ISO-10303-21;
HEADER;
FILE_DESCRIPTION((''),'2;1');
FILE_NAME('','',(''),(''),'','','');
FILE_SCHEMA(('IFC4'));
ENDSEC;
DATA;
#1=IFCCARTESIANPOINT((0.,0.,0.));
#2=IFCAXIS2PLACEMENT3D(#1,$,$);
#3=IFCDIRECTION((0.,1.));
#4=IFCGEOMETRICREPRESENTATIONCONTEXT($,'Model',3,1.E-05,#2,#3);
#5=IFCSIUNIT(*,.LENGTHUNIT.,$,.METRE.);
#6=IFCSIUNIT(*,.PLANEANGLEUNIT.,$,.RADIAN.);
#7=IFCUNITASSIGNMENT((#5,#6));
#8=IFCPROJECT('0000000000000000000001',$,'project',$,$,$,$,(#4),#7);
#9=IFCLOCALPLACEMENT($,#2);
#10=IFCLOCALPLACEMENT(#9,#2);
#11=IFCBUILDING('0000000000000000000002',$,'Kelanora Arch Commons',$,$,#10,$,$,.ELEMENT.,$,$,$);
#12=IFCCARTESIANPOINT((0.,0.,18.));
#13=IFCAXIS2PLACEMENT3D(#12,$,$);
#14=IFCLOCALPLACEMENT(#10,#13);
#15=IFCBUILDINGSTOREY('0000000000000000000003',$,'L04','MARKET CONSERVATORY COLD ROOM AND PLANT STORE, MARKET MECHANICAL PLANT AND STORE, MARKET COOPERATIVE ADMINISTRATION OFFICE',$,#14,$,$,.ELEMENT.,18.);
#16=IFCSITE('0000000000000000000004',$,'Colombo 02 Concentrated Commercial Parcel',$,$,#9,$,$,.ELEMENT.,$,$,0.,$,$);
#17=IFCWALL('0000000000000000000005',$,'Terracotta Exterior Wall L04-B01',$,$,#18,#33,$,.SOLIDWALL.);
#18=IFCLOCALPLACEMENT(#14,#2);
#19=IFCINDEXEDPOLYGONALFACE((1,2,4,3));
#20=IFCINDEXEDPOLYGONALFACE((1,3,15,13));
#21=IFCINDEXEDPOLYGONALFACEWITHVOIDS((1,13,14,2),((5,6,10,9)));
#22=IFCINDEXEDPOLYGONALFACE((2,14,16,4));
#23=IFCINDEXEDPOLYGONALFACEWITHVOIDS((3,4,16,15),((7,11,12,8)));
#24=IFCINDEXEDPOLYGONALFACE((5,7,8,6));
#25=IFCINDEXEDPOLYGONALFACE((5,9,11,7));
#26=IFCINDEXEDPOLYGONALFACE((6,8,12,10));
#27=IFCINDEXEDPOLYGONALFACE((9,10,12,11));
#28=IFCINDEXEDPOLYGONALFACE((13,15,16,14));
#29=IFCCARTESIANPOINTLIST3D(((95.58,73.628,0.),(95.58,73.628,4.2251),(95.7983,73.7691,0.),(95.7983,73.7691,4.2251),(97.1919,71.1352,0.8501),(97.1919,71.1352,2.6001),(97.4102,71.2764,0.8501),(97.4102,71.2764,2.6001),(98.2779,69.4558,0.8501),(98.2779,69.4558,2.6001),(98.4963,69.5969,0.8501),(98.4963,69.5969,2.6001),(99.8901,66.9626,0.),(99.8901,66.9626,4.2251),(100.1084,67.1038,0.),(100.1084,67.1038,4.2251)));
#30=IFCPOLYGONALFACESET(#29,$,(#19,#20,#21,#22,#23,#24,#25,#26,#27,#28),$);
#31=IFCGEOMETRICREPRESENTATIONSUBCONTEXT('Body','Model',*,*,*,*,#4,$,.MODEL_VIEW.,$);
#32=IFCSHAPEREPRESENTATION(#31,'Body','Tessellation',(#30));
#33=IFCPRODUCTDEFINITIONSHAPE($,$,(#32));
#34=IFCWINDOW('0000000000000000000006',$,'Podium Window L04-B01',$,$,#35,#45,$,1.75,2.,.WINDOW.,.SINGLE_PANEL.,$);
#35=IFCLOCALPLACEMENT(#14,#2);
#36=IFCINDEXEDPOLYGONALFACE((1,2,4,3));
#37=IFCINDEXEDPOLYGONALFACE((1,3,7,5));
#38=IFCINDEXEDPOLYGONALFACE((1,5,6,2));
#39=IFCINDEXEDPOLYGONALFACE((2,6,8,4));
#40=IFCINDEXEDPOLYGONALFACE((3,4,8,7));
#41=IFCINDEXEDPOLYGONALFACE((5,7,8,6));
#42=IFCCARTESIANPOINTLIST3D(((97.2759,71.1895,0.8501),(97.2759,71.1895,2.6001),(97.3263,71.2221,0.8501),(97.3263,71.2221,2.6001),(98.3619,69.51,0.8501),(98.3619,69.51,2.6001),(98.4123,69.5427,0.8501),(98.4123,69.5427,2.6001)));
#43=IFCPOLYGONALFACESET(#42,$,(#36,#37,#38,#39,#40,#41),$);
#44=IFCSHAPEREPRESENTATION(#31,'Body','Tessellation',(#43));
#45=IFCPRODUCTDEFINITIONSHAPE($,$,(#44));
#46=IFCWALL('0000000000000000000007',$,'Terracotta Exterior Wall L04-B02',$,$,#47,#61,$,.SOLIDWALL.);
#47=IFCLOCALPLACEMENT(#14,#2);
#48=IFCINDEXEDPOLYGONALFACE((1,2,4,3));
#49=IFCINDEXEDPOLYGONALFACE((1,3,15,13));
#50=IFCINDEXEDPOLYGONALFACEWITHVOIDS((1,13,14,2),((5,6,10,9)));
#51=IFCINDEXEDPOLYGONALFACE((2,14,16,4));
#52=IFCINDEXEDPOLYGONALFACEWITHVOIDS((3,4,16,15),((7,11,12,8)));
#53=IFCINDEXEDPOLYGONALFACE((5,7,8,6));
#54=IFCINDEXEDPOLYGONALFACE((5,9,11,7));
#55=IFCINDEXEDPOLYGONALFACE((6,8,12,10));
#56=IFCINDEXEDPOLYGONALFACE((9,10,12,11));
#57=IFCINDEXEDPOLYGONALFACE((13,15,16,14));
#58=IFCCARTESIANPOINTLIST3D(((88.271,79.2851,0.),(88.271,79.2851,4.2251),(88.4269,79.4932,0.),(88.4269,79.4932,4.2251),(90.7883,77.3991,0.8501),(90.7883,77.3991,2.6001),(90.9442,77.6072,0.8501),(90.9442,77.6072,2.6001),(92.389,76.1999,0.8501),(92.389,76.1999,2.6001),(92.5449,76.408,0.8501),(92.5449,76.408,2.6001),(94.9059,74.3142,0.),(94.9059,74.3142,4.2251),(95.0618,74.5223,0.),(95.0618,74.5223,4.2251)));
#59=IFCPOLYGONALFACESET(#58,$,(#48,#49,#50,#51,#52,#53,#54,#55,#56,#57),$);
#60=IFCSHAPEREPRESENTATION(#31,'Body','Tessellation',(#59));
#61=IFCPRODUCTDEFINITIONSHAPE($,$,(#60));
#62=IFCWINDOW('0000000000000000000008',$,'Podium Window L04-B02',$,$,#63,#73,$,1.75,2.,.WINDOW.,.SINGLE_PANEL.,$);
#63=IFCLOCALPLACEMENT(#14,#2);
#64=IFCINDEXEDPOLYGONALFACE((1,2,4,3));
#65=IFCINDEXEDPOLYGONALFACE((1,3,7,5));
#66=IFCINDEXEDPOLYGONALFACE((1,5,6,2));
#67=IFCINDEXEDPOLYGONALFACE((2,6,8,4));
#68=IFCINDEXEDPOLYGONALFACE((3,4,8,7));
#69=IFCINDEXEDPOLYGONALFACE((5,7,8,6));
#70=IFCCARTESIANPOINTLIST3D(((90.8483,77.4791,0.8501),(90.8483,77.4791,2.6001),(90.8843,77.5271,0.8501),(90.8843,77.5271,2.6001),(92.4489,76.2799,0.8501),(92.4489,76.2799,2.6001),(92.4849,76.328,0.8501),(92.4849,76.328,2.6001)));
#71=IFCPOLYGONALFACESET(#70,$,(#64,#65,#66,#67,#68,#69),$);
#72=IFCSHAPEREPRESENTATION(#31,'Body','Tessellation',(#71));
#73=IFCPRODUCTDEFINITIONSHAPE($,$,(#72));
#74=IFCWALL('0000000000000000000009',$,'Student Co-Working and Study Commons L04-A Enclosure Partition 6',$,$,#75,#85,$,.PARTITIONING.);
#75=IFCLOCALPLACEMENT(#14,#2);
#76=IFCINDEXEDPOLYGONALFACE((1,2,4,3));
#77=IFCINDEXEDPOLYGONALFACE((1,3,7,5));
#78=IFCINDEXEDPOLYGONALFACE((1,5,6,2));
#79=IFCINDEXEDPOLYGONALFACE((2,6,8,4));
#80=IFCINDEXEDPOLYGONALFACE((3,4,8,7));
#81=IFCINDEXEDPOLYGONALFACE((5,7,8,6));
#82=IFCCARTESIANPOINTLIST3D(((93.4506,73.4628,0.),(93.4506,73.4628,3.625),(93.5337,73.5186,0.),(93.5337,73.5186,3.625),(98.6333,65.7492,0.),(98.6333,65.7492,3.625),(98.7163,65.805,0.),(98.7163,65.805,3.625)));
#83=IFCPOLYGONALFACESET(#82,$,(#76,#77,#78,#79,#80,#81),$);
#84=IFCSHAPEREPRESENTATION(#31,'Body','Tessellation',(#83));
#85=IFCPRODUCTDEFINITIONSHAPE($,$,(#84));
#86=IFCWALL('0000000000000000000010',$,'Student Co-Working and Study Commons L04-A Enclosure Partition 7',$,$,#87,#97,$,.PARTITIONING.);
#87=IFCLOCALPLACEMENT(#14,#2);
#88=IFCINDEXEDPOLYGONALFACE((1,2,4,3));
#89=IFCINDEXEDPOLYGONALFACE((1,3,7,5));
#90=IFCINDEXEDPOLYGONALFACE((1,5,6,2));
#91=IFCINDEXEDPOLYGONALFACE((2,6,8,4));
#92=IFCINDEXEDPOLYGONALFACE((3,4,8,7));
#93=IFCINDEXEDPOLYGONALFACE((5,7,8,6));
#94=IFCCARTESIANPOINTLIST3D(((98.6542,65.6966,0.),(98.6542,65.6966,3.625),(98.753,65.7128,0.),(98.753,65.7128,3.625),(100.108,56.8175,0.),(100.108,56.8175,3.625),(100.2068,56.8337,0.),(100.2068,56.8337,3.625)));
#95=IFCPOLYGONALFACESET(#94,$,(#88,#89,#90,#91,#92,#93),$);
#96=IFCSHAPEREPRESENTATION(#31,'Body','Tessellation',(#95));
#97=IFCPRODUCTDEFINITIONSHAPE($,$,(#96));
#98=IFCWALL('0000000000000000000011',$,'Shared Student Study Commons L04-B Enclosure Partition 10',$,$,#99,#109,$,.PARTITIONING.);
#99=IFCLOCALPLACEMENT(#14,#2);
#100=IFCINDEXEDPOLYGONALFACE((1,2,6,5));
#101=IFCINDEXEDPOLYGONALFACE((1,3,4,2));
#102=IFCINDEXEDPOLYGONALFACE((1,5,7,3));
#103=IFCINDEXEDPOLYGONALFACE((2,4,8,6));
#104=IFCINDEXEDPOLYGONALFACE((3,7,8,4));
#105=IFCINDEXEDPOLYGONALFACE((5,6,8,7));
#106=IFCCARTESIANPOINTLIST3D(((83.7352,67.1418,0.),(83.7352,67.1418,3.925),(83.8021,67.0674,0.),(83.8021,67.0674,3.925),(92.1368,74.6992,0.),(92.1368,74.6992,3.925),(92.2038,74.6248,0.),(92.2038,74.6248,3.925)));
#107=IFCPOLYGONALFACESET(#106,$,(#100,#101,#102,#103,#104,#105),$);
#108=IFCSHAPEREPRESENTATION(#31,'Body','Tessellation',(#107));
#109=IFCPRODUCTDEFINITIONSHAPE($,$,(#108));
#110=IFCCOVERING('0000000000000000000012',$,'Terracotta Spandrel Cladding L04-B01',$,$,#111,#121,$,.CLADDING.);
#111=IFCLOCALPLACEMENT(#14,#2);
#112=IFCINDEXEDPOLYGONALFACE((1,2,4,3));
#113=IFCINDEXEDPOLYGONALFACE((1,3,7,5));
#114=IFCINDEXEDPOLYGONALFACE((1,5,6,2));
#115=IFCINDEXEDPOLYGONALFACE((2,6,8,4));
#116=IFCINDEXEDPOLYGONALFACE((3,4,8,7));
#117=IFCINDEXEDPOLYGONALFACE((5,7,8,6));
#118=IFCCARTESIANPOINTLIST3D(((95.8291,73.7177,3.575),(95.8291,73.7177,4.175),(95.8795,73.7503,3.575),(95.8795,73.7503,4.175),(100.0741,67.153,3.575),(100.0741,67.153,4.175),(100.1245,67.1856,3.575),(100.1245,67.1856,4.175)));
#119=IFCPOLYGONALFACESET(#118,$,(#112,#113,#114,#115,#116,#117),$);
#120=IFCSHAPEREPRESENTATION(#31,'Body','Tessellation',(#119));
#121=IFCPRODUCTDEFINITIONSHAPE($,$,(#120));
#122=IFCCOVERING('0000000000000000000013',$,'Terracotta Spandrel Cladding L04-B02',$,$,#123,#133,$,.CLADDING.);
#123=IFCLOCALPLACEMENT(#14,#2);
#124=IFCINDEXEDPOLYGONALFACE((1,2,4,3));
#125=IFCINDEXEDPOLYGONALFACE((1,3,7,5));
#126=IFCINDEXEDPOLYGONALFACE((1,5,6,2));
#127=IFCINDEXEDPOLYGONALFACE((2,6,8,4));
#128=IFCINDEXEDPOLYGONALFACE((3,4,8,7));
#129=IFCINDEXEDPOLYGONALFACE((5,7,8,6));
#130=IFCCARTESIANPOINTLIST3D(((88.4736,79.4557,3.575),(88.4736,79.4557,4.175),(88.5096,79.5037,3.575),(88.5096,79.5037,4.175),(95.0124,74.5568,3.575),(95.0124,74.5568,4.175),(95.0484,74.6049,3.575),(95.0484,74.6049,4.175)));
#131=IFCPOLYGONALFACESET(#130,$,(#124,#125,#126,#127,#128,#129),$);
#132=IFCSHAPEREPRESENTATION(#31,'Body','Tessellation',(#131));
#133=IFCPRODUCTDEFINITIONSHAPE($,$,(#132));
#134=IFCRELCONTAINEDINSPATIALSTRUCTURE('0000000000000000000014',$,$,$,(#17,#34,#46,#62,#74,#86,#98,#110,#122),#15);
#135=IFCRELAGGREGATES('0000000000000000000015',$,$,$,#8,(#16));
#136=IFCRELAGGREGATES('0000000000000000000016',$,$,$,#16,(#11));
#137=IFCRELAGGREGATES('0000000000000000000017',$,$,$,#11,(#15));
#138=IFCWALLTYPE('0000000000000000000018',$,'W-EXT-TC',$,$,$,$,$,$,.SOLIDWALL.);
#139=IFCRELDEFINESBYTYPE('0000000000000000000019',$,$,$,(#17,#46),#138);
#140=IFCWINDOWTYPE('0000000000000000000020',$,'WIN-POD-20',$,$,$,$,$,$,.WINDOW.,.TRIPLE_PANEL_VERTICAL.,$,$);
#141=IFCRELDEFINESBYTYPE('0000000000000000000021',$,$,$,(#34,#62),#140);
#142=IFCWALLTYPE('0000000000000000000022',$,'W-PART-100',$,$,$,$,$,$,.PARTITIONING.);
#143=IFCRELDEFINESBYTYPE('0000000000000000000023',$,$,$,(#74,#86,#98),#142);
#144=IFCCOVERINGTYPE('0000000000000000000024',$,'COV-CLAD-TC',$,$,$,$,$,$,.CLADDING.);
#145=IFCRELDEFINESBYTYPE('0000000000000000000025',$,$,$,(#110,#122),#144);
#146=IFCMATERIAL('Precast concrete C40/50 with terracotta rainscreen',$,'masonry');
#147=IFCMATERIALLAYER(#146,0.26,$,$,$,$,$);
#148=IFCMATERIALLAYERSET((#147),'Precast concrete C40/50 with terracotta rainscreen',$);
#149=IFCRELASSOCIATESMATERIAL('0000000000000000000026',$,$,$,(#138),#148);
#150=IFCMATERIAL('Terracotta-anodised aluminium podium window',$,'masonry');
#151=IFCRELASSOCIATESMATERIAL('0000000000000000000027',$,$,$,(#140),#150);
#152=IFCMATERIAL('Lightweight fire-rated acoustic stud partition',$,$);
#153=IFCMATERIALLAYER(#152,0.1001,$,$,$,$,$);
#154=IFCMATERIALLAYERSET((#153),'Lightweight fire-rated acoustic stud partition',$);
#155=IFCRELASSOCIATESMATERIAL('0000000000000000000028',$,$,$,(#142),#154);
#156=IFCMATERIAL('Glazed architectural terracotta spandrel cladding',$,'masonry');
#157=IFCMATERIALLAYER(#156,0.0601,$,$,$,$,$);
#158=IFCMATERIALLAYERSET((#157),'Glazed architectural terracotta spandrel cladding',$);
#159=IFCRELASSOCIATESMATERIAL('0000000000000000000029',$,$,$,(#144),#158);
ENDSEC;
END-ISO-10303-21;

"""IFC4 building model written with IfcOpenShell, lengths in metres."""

from ifc_helpers import new_model, si_unit, direction, frame, frame_2d, origin, origin_2d, place, context, subcontext, project, spatial, rectangle, extrude, source, transform, mapped, material, layer, layer_set, type_object, element, fill, save


model = new_model("IFC4")

# Units and contexts
model_context = context("Model", 3, precision=1e-05, world=origin(), true_north=direction((0.0, 1.0)))
body_context = subcontext(model_context, "Body", "Model", "MODEL_VIEW")
ifc_project = project(units=[si_unit("LENGTHUNIT", "METRE"), si_unit("PLANEANGLEUNIT", "RADIAN")], contexts=[model_context])

# Site, building, storey
site_placement = place(None, origin())
site = spatial("IfcSite", under=ifc_project, at=site_placement, Name="Colombo 02 Concentrated Commercial Parcel", CompositionType="ELEMENT", RefElevation=0.0)
building_placement = place(site_placement, origin())
building = spatial("IfcBuilding", under=site, at=building_placement, Name="Kelanora Arch Commons", CompositionType="ELEMENT")
storey_placement = place(building_placement, frame((0.0, 0.0, 18.0)))
storey = spatial("IfcBuildingStorey", under=building, at=storey_placement, Name="L04", Description="MARKET CONSERVATORY COLD ROOM AND PLANT STORE, MARKET MECHANICAL PLANT AND STORE, MARKET COOPERATIVE ADMINISTRATION OFFICE", CompositionType="ELEMENT", Elevation=18.0)

# Walls, openings, windows
ifc_material_1 = material(Name="Precast concrete C40/50 with terracotta rainscreen", Category="masonry")
ifc_layer_1 = layer(ifc_material_1, 0.26)
ifc_layer_set_1 = layer_set([ifc_layer_1], Name="Precast concrete C40/50 with terracotta rainscreen")
wall_type_1 = type_object("IfcWallType", Name="W-EXT-TC", PredefinedType="SOLIDWALL", material=ifc_layer_set_1)
wall_1_placement = place(storey_placement, frame((99.9993, 67.0332, 0.0), z_axis=(0.0, 0.0, 1.0), x_axis=(-0.543005, 0.839729, 0.0)))
wall_1 = element("IfcWall", 1, at=wall_1_placement, inside=storey, type_object=wall_type_1, Name="Terracotta Exterior Wall L04-B01", PredefinedType="SOLIDWALL", context=body_context, shape_type="SweptSolid", body=[
    extrude(rectangle(XDim=7.9375, YDim=0.26, at=frame_2d((3.9688, 0.0))), origin(), (0.0, 0.0, 1.0), 4.2251),
])
opening_1_placement = place(wall_1_placement, frame((2.969, 0.0, 0.8501)))
opening_1 = element("IfcOpeningElement", 2, at=opening_1_placement, cuts=wall_1, PredefinedType="OPENING", context=body_context, shape_type="SweptSolid", body=[
    extrude(rectangle(XDim=2.0, YDim=1.75, at=frame_2d((1.0, 0.875))), frame((0.0, 0.1401, 0.0), z_axis=(0.0, -1.0, 0.0), x_axis=(1.0, 0.0, 0.0)), (0.0, 0.0, 1.0), 0.28),
])
ifc_material_2 = material(Name="Terracotta-anodised aluminium podium window", Category="masonry")
window_type = type_object("IfcWindowType", Name="WIN-POD-20", PartitioningType="TRIPLE_PANEL_VERTICAL", PredefinedType="WINDOW", material=ifc_material_2)
window_1_placement = place(opening_1_placement, origin())
window_1 = element("IfcWindow", 3, at=window_1_placement, inside=storey, type_object=window_type, Name="Podium Window L04-B01", OverallHeight=1.75, OverallWidth=2.0, PartitioningType="SINGLE_PANEL", PredefinedType="WINDOW", context=body_context, shape_type="SweptSolid", body=[
    extrude(rectangle(XDim=2.0, YDim=1.75, at=frame_2d((1.0, 0.875))), frame((0.0, 0.03, 0.0), z_axis=(0.0, -1.0, 0.0), x_axis=(1.0, 0.0, 0.0)), (0.0, 0.0, 1.0), 0.0601),
])
fill(opening_1, window_1)
wall_2_placement = place(storey_placement, frame((94.9839, 74.4182, 0.0), z_axis=(0.0, 0.0, 1.0), x_axis=(-0.800307, 0.59959, 0.0)))
wall_2 = element("IfcWall", 4, at=wall_2_placement, inside=storey, type_object=wall_type_1, Name="Terracotta Exterior Wall L04-B02", PredefinedType="SOLIDWALL", context=body_context, shape_type="SweptSolid", body=[
    extrude(rectangle(XDim=8.2905, YDim=0.26, at=frame_2d((4.1453, 0.0))), origin(), (0.0, 0.0, 1.0), 4.2251),
])
opening_2_placement = place(wall_2_placement, frame((3.145, 0.0, 0.8501)))
opening_2 = element("IfcOpeningElement", 5, at=opening_2_placement, cuts=wall_2, PredefinedType="OPENING", context=body_context, shape_type="SweptSolid", body=[
    extrude(rectangle(XDim=2.0, YDim=1.75, at=frame_2d((1.0, 0.875))), frame((0.0, 0.1401, 0.0), z_axis=(0.0, -1.0, 0.0), x_axis=(1.0, 0.0, 0.0)), (0.0, 0.0, 1.0), 0.28),
])
window_2_placement = place(opening_2_placement, origin())
window_2 = element("IfcWindow", 6, at=window_2_placement, inside=storey, type_object=window_type, Name="Podium Window L04-B02", OverallHeight=1.75, OverallWidth=2.0, PartitioningType="SINGLE_PANEL", PredefinedType="WINDOW", context=body_context, shape_type="SweptSolid", body=[
    extrude(rectangle(XDim=2.0, YDim=1.75, at=frame_2d((1.0, 0.875))), frame((0.0, 0.03, 0.0), z_axis=(0.0, -1.0, 0.0), x_axis=(1.0, 0.0, 0.0)), (0.0, 0.0, 1.0), 0.0601),
])
fill(opening_2, window_2)

# Walls
ifc_material_3 = material(Name="Lightweight fire-rated acoustic stud partition")
ifc_layer_2 = layer(ifc_material_3, 0.1001)
ifc_layer_set_2 = layer_set([ifc_layer_2], Name="Lightweight fire-rated acoustic stud partition")
wall_type_2 = type_object("IfcWallType", Name="W-PART-100", PredefinedType="PARTITIONING", material=ifc_layer_set_2)
wall_3_placement = place(storey_placement, frame((93.4922, 73.4907, 0.0), z_axis=(0.0, 0.0, 1.0), x_axis=(0.557692, -0.830048, 0.0)))
element("IfcWall", 7, at=wall_3_placement, inside=storey, type_object=wall_type_2, Name="Student Co-Working and Study Commons L04-A Enclosure Partition 6", PredefinedType="PARTITIONING", context=body_context, shape_type="SweptSolid", body=[
    extrude(rectangle(XDim=9.293, YDim=0.1001, at=frame_2d((4.6465, 0.0))), origin(), (0.0, 0.0, 1.0), 3.625),
])
wall_4_placement = place(storey_placement, frame((98.7036, 65.7046, 0.0), z_axis=(0.0, 0.0, 1.0), x_axis=(0.161587, -0.986859, 0.0)))
element("IfcWall", 8, at=wall_4_placement, inside=storey, type_object=wall_type_2, Name="Student Co-Working and Study Commons L04-A Enclosure Partition 7", PredefinedType="PARTITIONING", context=body_context, shape_type="SweptSolid", body=[
    extrude(rectangle(XDim=8.9973, YDim=0.1001, at=frame_2d((4.4985, 0.0))), origin(), (0.0, 0.0, 1.0), 3.625),
])
wall_5_placement = place(storey_placement, frame((92.1704, 74.6621, 0.0), z_axis=(0.0, 0.0, 1.0), x_axis=(-0.743474, -0.668765, 0.0)))
element("IfcWall", 9, at=wall_5_placement, inside=storey, type_object=wall_type_2, Name="Shared Student Study Commons L04-B Enclosure Partition 10", PredefinedType="PARTITIONING", context=body_context, shape_type="SweptSolid", body=[
    extrude(rectangle(XDim=11.3005, YDim=0.1001, at=frame_2d((5.6504, 0.0))), origin(), (0.0, 0.0, 1.0), 3.925),
])

# Coverings
ifc_material_4 = material(Name="Glazed architectural terracotta spandrel cladding", Category="masonry")
ifc_layer_3 = layer(ifc_material_4, 0.0601)
ifc_layer_set_3 = layer_set([ifc_layer_3], Name="Glazed architectural terracotta spandrel cladding")
covering_type = type_object("IfcCoveringType", Name="COV-CLAD-TC", PredefinedType="CLADDING", material=ifc_layer_set_3)
shared_shape_1 = source(origin(), body_context, "Body", "SweptSolid", [
    extrude(rectangle(XDim=7.8176, YDim=0.0601, at=origin_2d()), origin(), (0.0, 0.0, 1.0), 0.6001),
])
covering_1_placement = place(storey_placement, frame((97.9768, 70.4517, 3.575), z_axis=(0.0, 0.0, 1.0), x_axis=(-0.543005, 0.839729, 0.0)))
element("IfcCovering", 10, at=covering_1_placement, inside=storey, type_object=covering_type, Name="Terracotta Spandrel Cladding L04-B01", PredefinedType="CLADDING", context=body_context, shape_type="MappedRepresentation", body=[
    mapped(shared_shape_1, transform((0.0, 0.0, 0.0), scale=1.0)),
])
shared_shape_2 = source(origin(), body_context, "Body", "SweptSolid", [
    extrude(rectangle(XDim=8.1704, YDim=0.0601, at=origin_2d()), origin(), (0.0, 0.0, 1.0), 0.6001),
])
covering_2_placement = place(storey_placement, frame((91.761, 77.0303, 3.575), z_axis=(0.0, 0.0, 1.0), x_axis=(-0.80031, 0.599587, 0.0)))
element("IfcCovering", 11, at=covering_2_placement, inside=storey, type_object=covering_type, Name="Terracotta Spandrel Cladding L04-B02", PredefinedType="CLADDING", context=body_context, shape_type="MappedRepresentation", body=[
    mapped(shared_shape_2, transform((0.0, 0.0, 0.0), scale=1.0)),
])

save(model, "model.ifc")
